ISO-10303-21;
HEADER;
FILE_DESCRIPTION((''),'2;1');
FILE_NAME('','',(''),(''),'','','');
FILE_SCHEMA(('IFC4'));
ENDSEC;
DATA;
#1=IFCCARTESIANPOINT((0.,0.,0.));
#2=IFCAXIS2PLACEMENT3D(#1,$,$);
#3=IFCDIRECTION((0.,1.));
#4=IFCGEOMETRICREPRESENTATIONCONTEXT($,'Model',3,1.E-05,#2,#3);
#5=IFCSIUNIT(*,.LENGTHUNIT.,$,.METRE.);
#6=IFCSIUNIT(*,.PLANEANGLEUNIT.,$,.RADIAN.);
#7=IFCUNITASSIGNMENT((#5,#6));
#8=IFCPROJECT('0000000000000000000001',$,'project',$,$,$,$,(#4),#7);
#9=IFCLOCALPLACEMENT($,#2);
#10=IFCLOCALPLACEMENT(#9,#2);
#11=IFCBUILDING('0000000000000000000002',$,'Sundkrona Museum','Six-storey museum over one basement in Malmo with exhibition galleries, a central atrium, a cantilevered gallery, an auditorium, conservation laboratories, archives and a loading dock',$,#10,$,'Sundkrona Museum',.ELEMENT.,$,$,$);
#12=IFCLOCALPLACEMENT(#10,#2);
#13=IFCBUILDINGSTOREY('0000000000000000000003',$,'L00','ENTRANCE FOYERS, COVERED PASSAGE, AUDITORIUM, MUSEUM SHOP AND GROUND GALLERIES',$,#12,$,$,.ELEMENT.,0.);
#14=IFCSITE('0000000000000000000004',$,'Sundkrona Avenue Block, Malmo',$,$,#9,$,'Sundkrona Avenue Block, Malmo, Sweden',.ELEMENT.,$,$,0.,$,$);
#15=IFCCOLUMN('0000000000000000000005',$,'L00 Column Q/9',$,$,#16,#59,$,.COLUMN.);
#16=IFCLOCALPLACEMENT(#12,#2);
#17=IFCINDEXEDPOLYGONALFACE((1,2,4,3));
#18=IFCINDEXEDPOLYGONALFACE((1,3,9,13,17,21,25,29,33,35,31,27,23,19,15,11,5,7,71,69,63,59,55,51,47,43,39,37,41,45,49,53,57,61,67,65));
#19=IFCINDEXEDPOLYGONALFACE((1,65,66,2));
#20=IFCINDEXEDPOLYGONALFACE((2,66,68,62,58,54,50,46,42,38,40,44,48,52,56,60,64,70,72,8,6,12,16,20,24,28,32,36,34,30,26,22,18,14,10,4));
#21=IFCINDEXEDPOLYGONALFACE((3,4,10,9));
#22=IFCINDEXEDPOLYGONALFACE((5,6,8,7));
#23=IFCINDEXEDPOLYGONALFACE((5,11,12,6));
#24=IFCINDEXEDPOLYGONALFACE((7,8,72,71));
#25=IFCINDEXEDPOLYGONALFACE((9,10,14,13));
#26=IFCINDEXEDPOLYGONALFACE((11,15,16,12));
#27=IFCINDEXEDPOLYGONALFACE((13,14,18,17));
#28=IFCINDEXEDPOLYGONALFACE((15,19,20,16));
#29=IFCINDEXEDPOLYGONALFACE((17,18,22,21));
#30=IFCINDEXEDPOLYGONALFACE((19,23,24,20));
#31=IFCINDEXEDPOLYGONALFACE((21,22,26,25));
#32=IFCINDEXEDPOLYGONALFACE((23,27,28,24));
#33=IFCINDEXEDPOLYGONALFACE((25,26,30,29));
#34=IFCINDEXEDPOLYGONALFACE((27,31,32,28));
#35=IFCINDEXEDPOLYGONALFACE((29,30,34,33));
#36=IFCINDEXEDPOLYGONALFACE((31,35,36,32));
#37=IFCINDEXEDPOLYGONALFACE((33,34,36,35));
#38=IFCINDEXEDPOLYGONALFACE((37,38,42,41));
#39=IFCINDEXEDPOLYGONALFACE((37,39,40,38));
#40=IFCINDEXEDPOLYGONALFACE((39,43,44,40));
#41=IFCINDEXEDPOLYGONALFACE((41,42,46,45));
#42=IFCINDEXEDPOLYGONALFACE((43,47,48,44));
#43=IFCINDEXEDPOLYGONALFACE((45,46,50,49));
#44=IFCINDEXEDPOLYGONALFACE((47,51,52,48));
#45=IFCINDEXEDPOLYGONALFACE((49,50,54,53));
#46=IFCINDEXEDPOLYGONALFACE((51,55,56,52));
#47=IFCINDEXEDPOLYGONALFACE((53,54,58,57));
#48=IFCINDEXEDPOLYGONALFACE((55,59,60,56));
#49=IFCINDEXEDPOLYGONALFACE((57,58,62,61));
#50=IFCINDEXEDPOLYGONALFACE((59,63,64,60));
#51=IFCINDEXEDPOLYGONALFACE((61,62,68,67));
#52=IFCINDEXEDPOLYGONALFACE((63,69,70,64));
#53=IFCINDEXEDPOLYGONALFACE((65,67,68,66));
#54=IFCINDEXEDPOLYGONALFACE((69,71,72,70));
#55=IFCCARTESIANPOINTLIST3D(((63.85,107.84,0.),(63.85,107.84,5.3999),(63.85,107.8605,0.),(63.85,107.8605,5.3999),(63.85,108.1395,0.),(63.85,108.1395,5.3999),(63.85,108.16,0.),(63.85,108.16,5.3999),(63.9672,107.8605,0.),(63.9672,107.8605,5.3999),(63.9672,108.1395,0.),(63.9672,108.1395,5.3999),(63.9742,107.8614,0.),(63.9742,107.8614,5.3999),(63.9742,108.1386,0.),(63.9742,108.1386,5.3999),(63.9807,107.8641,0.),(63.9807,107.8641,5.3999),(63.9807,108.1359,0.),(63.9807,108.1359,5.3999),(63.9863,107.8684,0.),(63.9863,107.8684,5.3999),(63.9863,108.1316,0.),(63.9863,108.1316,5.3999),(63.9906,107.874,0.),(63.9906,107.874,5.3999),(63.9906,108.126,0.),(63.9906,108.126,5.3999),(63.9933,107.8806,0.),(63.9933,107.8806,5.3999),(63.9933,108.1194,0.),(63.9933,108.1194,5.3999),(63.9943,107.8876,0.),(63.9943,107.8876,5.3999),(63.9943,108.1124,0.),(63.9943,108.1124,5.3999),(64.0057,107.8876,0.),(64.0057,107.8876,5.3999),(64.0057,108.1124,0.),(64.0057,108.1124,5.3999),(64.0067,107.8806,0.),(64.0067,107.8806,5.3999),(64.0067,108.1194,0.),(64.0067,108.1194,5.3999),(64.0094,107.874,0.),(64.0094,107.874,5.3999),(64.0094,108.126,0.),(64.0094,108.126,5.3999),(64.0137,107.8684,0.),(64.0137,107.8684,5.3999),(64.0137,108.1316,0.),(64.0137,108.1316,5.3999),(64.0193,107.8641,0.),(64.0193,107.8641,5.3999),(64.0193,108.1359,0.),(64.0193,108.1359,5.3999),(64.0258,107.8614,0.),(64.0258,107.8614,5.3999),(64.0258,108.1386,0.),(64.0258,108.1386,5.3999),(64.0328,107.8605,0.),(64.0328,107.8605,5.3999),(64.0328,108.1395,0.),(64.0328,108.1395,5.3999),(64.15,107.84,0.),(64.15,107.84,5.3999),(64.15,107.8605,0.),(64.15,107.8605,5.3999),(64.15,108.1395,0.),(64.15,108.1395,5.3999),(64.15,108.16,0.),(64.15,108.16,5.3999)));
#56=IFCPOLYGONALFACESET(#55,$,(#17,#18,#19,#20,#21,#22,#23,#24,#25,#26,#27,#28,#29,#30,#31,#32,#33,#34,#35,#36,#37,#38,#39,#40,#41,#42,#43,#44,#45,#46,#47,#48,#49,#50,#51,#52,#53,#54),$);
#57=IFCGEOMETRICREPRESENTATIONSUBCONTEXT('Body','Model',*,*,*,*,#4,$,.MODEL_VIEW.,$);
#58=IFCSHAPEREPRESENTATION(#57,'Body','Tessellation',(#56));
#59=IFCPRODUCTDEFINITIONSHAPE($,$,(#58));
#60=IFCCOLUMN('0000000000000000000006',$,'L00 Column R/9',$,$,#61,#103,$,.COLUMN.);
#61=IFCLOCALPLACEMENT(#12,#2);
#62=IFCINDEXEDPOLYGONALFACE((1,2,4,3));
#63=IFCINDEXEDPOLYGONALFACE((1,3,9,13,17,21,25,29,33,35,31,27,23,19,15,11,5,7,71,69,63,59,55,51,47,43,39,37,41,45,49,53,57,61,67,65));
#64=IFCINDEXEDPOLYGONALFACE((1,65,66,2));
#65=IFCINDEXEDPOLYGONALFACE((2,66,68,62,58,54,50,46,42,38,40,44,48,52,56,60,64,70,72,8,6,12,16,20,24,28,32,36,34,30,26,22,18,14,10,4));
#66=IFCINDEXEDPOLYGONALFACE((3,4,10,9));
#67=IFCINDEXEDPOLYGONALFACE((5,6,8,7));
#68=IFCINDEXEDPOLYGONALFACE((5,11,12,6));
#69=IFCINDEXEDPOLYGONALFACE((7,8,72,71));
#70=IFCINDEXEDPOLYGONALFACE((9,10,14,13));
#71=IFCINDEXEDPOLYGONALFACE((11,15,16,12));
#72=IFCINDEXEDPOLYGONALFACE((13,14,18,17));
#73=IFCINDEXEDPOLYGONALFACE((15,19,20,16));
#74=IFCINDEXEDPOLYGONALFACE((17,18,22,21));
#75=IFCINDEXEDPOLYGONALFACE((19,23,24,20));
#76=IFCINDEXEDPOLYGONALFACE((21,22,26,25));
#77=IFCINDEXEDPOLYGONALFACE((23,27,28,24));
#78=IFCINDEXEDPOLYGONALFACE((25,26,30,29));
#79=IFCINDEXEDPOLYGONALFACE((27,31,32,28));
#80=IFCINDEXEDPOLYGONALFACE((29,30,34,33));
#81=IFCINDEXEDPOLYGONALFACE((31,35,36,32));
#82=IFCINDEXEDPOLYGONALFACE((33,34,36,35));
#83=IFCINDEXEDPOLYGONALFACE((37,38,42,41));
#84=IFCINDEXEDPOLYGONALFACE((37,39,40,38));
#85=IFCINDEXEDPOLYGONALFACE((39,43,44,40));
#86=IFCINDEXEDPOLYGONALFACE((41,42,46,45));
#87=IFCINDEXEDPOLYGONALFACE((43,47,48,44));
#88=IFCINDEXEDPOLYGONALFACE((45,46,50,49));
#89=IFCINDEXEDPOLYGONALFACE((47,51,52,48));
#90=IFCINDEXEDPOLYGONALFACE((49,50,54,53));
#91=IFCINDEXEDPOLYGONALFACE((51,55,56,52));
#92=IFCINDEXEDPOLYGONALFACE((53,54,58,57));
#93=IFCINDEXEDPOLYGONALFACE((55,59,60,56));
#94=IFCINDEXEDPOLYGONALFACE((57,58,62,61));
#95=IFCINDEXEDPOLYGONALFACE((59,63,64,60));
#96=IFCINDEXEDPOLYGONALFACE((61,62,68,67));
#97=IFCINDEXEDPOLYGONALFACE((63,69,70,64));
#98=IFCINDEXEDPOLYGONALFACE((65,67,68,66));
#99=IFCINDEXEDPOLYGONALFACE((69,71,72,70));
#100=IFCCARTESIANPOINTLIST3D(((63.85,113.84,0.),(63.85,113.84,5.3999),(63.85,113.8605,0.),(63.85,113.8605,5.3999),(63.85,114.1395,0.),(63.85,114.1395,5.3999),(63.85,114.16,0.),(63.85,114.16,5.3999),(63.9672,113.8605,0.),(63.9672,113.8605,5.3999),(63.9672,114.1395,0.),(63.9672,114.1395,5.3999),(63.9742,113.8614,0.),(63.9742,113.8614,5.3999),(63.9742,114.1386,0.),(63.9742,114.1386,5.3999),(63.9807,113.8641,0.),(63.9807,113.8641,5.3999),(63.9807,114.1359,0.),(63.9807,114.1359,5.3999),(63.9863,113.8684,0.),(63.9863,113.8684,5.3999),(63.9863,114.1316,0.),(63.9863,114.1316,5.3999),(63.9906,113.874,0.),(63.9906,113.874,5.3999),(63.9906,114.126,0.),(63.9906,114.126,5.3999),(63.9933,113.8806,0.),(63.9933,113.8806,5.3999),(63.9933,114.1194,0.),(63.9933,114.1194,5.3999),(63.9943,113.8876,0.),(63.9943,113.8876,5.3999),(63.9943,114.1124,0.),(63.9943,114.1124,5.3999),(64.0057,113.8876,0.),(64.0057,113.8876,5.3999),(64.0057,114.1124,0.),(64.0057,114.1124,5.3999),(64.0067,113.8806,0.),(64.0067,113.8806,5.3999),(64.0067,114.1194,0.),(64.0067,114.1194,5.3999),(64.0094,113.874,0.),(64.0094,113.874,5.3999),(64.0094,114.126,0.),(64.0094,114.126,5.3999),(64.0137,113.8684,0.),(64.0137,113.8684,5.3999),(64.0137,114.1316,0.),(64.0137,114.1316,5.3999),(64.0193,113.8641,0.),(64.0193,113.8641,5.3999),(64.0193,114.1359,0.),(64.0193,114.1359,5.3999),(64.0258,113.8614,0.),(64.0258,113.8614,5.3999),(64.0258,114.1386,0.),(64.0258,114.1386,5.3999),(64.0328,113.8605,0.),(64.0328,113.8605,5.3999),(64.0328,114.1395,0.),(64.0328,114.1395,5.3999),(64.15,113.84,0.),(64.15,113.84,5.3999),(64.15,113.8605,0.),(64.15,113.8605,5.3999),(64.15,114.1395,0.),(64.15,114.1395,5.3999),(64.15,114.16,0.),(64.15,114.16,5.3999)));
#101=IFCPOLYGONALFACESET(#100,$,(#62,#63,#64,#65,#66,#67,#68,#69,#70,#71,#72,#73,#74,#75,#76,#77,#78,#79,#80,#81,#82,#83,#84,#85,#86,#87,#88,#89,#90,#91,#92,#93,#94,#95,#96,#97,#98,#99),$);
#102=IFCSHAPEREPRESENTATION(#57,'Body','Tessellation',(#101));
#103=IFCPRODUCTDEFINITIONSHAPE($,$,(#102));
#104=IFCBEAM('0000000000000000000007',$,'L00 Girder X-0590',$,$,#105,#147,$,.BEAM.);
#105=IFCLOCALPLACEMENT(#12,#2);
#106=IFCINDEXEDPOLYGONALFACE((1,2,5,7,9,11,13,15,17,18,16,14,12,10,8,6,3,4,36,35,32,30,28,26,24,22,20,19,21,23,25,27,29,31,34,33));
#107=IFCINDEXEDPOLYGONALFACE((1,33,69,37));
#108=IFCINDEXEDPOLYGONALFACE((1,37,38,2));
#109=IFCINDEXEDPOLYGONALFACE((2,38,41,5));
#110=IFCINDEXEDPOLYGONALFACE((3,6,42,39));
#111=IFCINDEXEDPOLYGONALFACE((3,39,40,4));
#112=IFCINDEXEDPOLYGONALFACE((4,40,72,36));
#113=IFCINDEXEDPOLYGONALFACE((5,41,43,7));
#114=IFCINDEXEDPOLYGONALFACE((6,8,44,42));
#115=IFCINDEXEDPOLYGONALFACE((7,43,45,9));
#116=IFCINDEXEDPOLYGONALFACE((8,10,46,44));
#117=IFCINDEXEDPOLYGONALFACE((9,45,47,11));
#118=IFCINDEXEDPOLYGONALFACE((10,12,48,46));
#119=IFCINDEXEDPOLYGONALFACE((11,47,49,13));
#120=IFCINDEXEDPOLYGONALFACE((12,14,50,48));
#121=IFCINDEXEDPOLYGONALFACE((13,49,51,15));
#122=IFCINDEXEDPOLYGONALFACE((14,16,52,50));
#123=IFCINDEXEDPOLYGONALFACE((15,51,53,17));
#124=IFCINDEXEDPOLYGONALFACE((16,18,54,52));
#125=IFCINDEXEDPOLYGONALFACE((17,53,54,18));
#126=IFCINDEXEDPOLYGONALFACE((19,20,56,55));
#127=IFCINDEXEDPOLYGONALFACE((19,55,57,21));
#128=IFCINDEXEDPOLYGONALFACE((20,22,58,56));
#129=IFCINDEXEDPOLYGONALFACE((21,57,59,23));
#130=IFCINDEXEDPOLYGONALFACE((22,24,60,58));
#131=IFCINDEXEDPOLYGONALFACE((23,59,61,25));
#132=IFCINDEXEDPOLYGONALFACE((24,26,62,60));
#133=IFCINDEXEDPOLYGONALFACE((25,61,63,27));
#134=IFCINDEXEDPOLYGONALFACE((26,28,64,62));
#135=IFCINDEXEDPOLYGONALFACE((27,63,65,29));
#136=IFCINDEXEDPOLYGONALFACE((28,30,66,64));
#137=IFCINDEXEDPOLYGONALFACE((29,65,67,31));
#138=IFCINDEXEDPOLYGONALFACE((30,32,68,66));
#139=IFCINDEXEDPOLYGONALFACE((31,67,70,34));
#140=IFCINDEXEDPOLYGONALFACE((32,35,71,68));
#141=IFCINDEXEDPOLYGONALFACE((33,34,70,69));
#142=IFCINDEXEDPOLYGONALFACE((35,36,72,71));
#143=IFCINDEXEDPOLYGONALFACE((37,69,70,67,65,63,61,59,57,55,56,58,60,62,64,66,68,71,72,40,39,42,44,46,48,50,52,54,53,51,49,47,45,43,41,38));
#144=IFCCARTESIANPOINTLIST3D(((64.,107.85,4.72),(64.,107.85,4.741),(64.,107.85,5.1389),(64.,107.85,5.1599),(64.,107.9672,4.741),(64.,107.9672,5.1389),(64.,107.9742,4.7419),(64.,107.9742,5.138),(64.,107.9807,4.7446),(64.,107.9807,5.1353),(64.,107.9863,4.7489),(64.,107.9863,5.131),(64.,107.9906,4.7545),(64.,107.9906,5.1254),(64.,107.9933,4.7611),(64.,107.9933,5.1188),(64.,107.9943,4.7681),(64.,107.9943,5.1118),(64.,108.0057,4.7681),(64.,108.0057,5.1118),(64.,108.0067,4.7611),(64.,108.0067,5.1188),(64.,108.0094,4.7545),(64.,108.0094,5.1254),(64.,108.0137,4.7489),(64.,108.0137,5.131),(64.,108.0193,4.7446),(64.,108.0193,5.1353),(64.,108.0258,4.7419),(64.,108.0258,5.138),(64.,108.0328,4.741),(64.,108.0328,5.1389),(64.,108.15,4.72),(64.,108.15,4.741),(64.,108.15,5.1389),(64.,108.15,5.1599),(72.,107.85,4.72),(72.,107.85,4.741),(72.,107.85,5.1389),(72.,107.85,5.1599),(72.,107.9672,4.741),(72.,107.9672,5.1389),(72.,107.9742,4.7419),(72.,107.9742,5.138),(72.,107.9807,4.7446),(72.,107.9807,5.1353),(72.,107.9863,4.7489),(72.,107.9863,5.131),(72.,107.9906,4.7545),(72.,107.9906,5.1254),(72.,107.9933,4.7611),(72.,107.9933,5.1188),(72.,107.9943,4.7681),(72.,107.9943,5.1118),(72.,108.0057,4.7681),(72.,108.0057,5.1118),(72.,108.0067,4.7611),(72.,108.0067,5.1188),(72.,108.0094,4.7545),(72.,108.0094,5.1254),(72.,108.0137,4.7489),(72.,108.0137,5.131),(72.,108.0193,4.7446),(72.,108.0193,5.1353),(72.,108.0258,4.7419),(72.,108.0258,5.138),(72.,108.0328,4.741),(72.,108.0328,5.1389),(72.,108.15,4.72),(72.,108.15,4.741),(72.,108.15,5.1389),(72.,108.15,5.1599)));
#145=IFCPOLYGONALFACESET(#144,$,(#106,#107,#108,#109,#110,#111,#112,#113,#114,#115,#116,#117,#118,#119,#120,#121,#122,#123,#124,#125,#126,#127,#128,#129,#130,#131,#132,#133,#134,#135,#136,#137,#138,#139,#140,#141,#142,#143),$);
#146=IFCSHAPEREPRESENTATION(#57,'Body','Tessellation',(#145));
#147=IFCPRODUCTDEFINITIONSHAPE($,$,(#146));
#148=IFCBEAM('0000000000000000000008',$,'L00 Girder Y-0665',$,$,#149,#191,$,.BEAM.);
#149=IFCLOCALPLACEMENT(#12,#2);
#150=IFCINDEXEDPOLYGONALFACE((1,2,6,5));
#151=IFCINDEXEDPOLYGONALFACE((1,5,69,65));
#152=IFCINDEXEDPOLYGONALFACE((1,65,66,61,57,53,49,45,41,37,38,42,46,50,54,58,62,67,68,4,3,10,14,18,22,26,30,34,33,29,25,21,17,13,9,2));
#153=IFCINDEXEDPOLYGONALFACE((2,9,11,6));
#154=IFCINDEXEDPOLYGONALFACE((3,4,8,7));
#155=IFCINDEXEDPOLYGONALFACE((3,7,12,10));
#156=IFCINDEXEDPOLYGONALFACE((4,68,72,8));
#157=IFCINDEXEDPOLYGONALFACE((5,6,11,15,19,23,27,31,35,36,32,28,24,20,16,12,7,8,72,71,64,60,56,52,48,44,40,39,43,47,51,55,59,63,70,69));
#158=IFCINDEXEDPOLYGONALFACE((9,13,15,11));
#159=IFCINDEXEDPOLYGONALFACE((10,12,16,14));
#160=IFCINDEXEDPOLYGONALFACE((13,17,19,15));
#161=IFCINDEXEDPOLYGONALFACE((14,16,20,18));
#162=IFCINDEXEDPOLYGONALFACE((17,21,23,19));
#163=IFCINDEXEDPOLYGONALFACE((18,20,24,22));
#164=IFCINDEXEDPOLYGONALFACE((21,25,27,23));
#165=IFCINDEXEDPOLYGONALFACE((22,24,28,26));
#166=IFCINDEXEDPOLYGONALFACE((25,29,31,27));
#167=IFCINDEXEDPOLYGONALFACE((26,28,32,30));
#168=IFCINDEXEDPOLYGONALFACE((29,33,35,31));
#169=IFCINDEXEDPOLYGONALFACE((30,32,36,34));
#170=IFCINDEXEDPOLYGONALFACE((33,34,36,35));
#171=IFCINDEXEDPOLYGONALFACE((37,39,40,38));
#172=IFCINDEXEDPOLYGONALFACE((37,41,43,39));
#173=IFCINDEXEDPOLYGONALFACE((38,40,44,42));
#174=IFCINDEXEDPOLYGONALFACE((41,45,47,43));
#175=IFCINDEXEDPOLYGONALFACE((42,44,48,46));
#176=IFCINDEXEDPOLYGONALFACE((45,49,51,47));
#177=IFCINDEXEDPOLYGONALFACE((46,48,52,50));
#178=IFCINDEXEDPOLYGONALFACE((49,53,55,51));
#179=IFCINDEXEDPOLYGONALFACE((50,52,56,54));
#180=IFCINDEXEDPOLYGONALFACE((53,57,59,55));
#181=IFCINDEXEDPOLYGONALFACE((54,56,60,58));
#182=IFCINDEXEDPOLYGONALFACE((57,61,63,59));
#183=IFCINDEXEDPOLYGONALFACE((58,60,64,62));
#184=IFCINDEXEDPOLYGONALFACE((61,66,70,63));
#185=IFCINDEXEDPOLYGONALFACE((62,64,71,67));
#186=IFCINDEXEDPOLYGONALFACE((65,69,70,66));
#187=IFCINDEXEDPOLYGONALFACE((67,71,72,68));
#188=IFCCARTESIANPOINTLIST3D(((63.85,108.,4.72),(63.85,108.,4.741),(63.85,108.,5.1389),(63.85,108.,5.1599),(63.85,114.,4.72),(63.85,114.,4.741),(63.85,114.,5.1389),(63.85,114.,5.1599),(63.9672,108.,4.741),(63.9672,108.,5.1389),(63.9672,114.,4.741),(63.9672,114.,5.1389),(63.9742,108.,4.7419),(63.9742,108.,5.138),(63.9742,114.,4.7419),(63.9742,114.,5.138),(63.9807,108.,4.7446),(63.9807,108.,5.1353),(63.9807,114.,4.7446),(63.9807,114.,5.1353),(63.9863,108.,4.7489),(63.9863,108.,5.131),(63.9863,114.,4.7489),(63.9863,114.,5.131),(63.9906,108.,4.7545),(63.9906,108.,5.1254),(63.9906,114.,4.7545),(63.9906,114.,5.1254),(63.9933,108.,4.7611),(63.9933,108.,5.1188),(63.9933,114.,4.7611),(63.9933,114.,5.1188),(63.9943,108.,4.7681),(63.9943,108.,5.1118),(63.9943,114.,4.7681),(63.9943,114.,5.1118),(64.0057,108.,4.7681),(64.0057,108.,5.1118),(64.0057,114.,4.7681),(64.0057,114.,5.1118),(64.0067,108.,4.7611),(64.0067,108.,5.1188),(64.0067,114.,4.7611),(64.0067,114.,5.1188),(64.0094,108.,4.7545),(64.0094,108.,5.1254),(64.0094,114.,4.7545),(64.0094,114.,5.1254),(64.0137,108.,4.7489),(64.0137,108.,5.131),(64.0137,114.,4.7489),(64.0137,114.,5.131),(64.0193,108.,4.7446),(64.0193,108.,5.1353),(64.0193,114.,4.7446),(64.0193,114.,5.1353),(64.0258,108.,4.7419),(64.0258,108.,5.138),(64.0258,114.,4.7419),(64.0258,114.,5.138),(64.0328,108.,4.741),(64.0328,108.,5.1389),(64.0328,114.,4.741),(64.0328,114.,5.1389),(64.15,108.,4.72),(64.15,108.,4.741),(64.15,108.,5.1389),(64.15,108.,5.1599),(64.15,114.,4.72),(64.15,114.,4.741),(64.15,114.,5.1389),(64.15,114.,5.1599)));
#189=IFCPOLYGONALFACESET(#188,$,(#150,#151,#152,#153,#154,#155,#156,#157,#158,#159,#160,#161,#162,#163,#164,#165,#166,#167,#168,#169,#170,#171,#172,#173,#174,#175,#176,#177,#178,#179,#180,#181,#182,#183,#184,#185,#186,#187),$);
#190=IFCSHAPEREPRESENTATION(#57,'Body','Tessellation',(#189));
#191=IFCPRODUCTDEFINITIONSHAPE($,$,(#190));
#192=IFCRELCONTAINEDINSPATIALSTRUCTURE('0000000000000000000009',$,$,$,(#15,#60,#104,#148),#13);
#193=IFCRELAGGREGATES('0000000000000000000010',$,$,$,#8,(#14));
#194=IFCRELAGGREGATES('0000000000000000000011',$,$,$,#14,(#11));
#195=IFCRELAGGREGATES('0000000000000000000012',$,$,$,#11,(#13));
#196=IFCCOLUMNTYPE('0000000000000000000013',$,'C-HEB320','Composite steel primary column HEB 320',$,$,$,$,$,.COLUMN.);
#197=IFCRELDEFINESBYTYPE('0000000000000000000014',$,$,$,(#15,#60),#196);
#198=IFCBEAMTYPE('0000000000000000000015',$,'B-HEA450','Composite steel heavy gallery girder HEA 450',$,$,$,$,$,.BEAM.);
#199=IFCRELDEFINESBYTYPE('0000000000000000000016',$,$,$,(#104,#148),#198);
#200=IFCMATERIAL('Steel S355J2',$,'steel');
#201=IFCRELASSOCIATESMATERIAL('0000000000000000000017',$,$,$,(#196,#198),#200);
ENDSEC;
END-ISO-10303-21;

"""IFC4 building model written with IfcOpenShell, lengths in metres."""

from ifc_helpers import new_model, si_unit, direction, frame, origin, origin_2d, place, context, subcontext, project, spatial, i_section, extrude, material, material_profile, profile_set, type_object, element, save


model = new_model("IFC4")

# Units and contexts
model_context = context("Model", 3, precision=1e-05, world=origin(), true_north=direction((0.0, 1.0)))
body_context = subcontext(model_context, "Body", "Model", "MODEL_VIEW")
ifc_project = project(units=[si_unit("LENGTHUNIT", "METRE"), si_unit("PLANEANGLEUNIT", "RADIAN")], contexts=[model_context])

# Site, building, storey
site_placement = place(None, origin())
site = spatial("IfcSite", under=ifc_project, at=site_placement, Name="Sundkrona Avenue Block, Malmo", LongName="Sundkrona Avenue Block, Malmo, Sweden", CompositionType="ELEMENT", RefElevation=0.0)
building_placement = place(site_placement, origin())
building = spatial("IfcBuilding", under=site, at=building_placement, Name="Sundkrona Museum", Description="Six-storey museum over one basement in Malmo with exhibition galleries, a central atrium, a cantilevered gallery, an auditorium, conservation laboratories, archives and a loading dock", LongName="Sundkrona Museum", CompositionType="ELEMENT")
storey_placement = place(building_placement, origin())
storey = spatial("IfcBuildingStorey", under=building, at=storey_placement, Name="L00", Description="ENTRANCE FOYERS, COVERED PASSAGE, AUDITORIUM, MUSEUM SHOP AND GROUND GALLERIES", CompositionType="ELEMENT", Elevation=0.0)

# Columns
ifc_material_1 = material(Name="Steel S355J2", Category="steel")
ifc_material_profile_1 = material_profile(ifc_material_1, i_section(OverallWidth=0.3, OverallDepth=0.3201, WebThickness=0.0115, FlangeThickness=0.0205, FilletRadius=0.0271, at=origin_2d()), Name="HEB 320")
ifc_profile_set_1 = profile_set([ifc_material_profile_1], Name="Steel S355J2")
column_type = type_object("IfcColumnType", Name="C-HEB320", Description="Composite steel primary column HEB 320", PredefinedType="COLUMN", material=ifc_profile_set_1)
for number, where, z_axis, x_axis, name in (
    (1, (64.0, 108.0, 0.0), (0.0, 0.0, 1.0), (1.0, 0.0, 0.0), "L00 Column Q/9"),
    (2, (64.0, 114.0, 0.0), (0.0, 0.0, 1.0), (1.0, 0.0, 0.0), "L00 Column R/9"),
):
    element("IfcColumn", number, at=place(storey_placement, frame(where, z_axis=z_axis, x_axis=x_axis)), inside=storey, type_object=column_type, Name=name, PredefinedType="COLUMN", context=body_context, shape_type="SweptSolid", body=[
        extrude(i_section(OverallWidth=0.3, OverallDepth=0.3201, WebThickness=0.0115, FlangeThickness=0.0205, FilletRadius=0.0271, at=origin_2d()), origin(), (0.0, 0.0, 1.0), 5.3999),
    ])

# Beams
ifc_material_profile_2 = material_profile(ifc_material_1, i_section(OverallWidth=0.3, OverallDepth=0.4399, WebThickness=0.0115, FlangeThickness=0.021, FilletRadius=0.0271, at=origin_2d()), Name="HEA 450")
ifc_profile_set_2 = profile_set([ifc_material_profile_2], Name="Steel S355J2")
beam_type_1 = type_object("IfcBeamType", Name="B-HEA450", Description="Composite steel heavy gallery girder HEA 450", PredefinedType="BEAM", material=ifc_profile_set_2)
beam_1_placement = place(storey_placement, frame((64.0, 108.0, 4.9399), z_axis=(1.0, 0.0, 0.0), x_axis=(0.0, 1.0, 0.0)))
element("IfcBeam", 3, at=beam_1_placement, inside=storey, type_object=beam_type_1, Name="L00 Girder X-0590", PredefinedType="BEAM", context=body_context, shape_type="SweptSolid", body=[
    extrude(i_section(OverallWidth=0.3, OverallDepth=0.4399, WebThickness=0.0115, FlangeThickness=0.021, FilletRadius=0.0271, at=origin_2d()), origin(), (0.0, 0.0, 1.0), 8.0),
])
beam_2_placement = place(storey_placement, frame((64.0, 108.0, 4.9399), z_axis=(0.0, 1.0, 0.0), x_axis=(-1.0, 0.0, 0.0)))
element("IfcBeam", 4, at=beam_2_placement, inside=storey, type_object=beam_type_1, Name="L00 Girder Y-0665", PredefinedType="BEAM", context=body_context, shape_type="SweptSolid", body=[
    extrude(i_section(OverallWidth=0.3, OverallDepth=0.4399, WebThickness=0.0115, FlangeThickness=0.021, FilletRadius=0.0271, at=origin_2d()), origin(), (0.0, 0.0, 1.0), 6.0),
])

save(model, "model.ifc")
